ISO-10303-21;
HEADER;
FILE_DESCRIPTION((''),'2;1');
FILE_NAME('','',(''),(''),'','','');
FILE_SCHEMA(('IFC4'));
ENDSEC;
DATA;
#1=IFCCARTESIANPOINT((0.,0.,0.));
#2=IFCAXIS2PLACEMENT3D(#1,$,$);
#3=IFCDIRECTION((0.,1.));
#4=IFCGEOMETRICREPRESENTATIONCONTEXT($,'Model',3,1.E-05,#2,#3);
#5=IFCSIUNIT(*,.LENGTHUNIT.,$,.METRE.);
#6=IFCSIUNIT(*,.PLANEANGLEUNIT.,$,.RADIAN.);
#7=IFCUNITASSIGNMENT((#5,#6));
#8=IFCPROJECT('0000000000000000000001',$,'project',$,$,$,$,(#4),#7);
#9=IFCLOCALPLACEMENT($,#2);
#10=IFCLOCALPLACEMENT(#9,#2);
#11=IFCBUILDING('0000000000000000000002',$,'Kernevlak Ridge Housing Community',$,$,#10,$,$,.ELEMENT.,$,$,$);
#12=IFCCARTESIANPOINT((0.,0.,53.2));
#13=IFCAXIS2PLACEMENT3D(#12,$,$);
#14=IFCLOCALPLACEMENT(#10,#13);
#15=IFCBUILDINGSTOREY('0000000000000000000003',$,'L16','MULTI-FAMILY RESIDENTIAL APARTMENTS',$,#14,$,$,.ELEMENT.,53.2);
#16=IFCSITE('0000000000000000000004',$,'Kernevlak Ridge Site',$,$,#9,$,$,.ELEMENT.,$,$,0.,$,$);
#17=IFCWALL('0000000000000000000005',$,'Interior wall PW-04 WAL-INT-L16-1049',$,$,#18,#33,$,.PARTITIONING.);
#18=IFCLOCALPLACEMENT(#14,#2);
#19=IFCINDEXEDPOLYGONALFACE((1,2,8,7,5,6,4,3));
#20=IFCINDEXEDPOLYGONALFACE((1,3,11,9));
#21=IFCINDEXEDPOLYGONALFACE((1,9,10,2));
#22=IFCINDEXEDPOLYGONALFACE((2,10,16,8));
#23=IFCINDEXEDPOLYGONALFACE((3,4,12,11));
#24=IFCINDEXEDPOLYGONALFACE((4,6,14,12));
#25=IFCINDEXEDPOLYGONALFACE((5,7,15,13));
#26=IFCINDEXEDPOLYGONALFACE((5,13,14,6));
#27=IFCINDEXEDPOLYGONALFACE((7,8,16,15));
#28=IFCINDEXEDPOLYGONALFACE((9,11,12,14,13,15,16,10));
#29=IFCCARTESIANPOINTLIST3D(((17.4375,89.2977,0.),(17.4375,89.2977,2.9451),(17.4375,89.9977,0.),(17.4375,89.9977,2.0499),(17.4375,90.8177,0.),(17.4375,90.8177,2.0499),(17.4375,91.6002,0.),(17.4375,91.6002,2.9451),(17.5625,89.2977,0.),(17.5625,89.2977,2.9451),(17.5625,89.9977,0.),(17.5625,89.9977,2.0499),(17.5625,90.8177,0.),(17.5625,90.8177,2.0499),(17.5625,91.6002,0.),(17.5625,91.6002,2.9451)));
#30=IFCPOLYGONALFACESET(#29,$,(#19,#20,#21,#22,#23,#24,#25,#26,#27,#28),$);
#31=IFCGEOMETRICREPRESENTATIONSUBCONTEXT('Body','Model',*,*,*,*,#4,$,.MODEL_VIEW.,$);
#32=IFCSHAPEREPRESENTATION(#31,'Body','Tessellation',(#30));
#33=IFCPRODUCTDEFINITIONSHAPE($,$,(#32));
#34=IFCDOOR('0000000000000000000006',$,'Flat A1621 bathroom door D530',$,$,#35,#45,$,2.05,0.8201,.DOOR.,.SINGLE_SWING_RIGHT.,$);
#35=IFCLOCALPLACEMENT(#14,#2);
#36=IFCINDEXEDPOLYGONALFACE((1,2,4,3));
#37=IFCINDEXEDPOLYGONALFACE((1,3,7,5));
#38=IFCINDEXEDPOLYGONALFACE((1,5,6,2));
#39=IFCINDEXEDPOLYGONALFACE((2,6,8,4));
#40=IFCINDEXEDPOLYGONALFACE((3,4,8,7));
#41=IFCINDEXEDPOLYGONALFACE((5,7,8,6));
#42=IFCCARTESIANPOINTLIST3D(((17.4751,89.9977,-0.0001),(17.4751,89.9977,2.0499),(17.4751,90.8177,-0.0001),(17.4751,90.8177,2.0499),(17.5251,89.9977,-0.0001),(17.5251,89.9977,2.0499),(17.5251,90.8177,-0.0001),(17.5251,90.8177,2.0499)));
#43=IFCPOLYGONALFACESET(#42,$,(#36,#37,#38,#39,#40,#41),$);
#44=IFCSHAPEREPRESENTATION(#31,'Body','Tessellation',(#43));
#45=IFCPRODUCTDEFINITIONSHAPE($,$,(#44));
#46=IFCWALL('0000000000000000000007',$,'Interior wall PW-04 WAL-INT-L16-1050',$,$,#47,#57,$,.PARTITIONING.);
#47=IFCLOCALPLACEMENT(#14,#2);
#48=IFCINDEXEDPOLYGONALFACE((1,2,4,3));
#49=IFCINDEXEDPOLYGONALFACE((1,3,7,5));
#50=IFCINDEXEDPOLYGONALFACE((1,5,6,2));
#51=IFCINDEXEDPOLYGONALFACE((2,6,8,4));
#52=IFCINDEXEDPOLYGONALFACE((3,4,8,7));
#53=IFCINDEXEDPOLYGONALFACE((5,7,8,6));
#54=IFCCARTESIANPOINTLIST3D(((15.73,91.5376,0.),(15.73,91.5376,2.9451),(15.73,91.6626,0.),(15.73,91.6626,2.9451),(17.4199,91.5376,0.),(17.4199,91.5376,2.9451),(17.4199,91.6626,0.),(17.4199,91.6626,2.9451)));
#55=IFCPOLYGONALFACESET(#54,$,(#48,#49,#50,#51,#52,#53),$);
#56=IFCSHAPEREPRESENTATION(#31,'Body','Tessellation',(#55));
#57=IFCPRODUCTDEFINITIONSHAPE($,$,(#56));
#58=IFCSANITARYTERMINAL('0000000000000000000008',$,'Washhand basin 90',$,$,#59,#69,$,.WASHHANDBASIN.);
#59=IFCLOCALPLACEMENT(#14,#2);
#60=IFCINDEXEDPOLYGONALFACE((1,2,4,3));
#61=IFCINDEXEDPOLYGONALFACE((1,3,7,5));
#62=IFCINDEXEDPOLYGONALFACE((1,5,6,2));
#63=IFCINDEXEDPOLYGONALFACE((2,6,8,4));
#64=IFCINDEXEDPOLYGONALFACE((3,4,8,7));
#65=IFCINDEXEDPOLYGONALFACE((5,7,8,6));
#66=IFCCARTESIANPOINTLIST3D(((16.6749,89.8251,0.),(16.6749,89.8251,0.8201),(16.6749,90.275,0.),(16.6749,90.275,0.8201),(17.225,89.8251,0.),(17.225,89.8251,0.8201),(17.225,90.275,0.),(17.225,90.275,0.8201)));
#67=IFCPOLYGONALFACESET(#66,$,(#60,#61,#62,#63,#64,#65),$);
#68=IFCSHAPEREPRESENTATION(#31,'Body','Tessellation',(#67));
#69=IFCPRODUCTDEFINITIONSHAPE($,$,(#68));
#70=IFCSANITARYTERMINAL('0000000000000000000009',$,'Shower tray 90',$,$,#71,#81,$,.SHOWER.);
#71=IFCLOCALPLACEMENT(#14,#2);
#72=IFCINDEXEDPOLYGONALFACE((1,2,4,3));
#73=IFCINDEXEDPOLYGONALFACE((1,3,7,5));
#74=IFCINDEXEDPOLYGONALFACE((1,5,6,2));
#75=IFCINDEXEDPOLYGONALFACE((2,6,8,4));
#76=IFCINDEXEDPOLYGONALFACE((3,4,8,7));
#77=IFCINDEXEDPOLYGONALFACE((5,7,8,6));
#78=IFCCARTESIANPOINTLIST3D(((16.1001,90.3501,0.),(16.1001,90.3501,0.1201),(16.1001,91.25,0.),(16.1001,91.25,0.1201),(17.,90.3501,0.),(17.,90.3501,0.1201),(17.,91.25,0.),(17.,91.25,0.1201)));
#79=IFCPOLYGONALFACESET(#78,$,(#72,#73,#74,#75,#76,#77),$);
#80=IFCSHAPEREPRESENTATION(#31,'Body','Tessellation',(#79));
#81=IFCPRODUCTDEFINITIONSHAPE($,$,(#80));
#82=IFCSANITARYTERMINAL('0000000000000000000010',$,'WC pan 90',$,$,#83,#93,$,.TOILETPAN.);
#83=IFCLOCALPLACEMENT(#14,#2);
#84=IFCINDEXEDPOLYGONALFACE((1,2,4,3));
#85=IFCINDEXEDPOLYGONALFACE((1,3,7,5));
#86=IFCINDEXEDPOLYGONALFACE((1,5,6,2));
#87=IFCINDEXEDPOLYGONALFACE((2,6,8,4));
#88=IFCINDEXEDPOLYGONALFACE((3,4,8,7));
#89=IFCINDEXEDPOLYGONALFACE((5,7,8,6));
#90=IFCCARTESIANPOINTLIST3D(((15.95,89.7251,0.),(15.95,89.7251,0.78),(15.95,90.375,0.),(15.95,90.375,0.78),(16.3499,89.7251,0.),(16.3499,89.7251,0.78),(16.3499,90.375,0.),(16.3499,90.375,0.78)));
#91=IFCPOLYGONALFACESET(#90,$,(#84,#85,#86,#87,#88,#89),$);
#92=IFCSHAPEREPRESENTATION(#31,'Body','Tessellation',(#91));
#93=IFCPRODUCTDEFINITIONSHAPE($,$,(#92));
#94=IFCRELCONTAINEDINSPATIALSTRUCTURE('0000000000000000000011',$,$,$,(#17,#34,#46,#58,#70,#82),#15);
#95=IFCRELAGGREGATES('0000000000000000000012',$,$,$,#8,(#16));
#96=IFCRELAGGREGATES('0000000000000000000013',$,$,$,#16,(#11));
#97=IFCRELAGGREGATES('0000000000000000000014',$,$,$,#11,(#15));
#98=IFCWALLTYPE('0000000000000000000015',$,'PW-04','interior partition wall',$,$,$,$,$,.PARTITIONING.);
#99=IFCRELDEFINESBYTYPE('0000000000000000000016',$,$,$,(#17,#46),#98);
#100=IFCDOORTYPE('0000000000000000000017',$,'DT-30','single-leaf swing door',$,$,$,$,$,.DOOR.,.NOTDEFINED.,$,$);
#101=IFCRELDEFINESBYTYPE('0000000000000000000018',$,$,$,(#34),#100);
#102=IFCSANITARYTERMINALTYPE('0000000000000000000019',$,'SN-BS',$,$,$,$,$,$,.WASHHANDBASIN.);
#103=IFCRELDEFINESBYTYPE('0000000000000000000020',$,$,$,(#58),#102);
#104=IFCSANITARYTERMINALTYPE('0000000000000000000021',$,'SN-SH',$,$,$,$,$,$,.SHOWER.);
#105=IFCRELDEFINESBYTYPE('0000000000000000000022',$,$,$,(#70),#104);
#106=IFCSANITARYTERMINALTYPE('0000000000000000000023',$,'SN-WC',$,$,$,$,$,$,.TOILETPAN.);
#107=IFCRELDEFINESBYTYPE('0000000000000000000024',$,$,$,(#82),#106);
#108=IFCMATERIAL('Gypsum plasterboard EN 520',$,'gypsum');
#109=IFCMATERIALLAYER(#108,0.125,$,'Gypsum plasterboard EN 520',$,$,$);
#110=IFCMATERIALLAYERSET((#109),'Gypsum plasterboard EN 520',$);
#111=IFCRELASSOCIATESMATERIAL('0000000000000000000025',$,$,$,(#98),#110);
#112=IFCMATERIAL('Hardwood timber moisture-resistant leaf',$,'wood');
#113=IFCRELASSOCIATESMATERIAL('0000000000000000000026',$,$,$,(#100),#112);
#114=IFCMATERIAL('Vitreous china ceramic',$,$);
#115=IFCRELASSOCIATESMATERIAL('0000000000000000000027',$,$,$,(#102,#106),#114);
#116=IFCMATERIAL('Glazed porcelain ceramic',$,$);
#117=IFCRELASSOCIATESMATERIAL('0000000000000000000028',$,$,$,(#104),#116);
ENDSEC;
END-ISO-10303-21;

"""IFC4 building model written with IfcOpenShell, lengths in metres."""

from ifc_helpers import new_model, si_unit, direction, frame, frame_2d, origin, origin_2d, place, context, subcontext, project, spatial, rectangle, extrude, material, layer, layer_set, type_object, element, fill, save


model = new_model("IFC4")

# Units and contexts
model_context = context("Model", 3, precision=1e-05, world=origin(), true_north=direction((0.0, 1.0)))
body_context = subcontext(model_context, "Body", "Model", "MODEL_VIEW")
ifc_project = project(units=[si_unit("LENGTHUNIT", "METRE"), si_unit("PLANEANGLEUNIT", "RADIAN")], contexts=[model_context])

# Site, building, storey
site_placement = place(None, origin())
site = spatial("IfcSite", under=ifc_project, at=site_placement, Name="Kernevlak Ridge Site", CompositionType="ELEMENT", RefElevation=0.0)
building_placement = place(site_placement, origin())
building = spatial("IfcBuilding", under=site, at=building_placement, Name="Kernevlak Ridge Housing Community", CompositionType="ELEMENT")
storey_placement = place(building_placement, frame((0.0, 0.0, 53.2)))
storey = spatial("IfcBuildingStorey", under=building, at=storey_placement, Name="L16", Description="MULTI-FAMILY RESIDENTIAL APARTMENTS", CompositionType="ELEMENT", Elevation=53.2)

# Wall, opening, door
ifc_material_1 = material(Name="Gypsum plasterboard EN 520", Category="gypsum")
ifc_layer_1 = layer(ifc_material_1, 0.125, Name="Gypsum plasterboard EN 520")
ifc_layer_set_1 = layer_set([ifc_layer_1], Name="Gypsum plasterboard EN 520")
wall_type_1 = type_object("IfcWallType", Name="PW-04", Description="interior partition wall", PredefinedType="PARTITIONING", material=ifc_layer_set_1)
wall_1_placement = place(storey_placement, frame((17.5, 89.2976, 0.0), z_axis=(0.0, 0.0, 1.0), x_axis=(0.0, 1.0, 0.0)))
wall_1 = element("IfcWall", 1, at=wall_1_placement, inside=storey, type_object=wall_type_1, Name="Interior wall PW-04 WAL-INT-L16-1049", PredefinedType="PARTITIONING", context=body_context, shape_type="SweptSolid", body=[
    extrude(rectangle(XDim=2.3025, YDim=0.125, at=frame_2d((1.1514, 0.0))), origin(), (0.0, 0.0, 1.0), 2.9451),
])
opening_1_placement = place(wall_1_placement, frame((0.7, 0.0, 0.0)))
opening_1 = element("IfcOpeningElement", 2, at=opening_1_placement, cuts=wall_1, PredefinedType="OPENING", context=body_context, shape_type="SweptSolid", body=[
    extrude(rectangle(XDim=0.8201, YDim=2.05, at=frame_2d((0.4102, 1.0249))), frame((0.0, 0.0725, 0.0), z_axis=(0.0, -1.0, 0.0), x_axis=(1.0, 0.0, 0.0)), (0.0, 0.0, 1.0), 0.145),
])
ifc_material_2 = material(Name="Hardwood timber moisture-resistant leaf", Category="wood")
door_type_1 = type_object("IfcDoorType", Name="DT-30", Description="single-leaf swing door", OperationType="NOTDEFINED", PredefinedType="DOOR", material=ifc_material_2)
door_1_placement = place(opening_1_placement, origin())
door_1 = element("IfcDoor", 3, at=door_1_placement, inside=storey, type_object=door_type_1, Name="Flat A1621 bathroom door D530", OperationType="SINGLE_SWING_RIGHT", OverallHeight=2.05, OverallWidth=0.8201, PredefinedType="DOOR", context=body_context, shape_type="SweptSolid", body=[
    extrude(rectangle(XDim=0.8201, YDim=2.05, at=frame_2d((0.4102, 1.0249))), frame((0.0, 0.0249, 0.0), z_axis=(0.0, -1.0, 0.0), x_axis=(1.0, 0.0, 0.0)), (0.0, 0.0, 1.0), 0.05),
])
fill(opening_1, door_1)

# Wall
wall_2_placement = place(storey_placement, frame((15.73, 91.6001, 0.0), z_axis=(0.0, 0.0, 1.0), x_axis=(1.0, 0.0, 0.0)))
element("IfcWall", 4, at=wall_2_placement, inside=storey, type_object=wall_type_1, Name="Interior wall PW-04 WAL-INT-L16-1050", PredefinedType="PARTITIONING", context=body_context, shape_type="SweptSolid", body=[
    extrude(rectangle(XDim=1.6899, YDim=0.125, at=frame_2d((0.845, 0.0))), origin(), (0.0, 0.0, 1.0), 2.9451),
])

# Sanitary terminals
ifc_material_3 = material(Name="Vitreous china ceramic")
sanitary_terminal_type_1 = type_object("IfcSanitaryTerminalType", Name="SN-BS", PredefinedType="WASHHANDBASIN", material=ifc_material_3)
sanitary_terminal_1_placement = place(storey_placement, frame((16.95, 90.05, 0.0), z_axis=(0.0, 0.0, 1.0), x_axis=(1.0, 0.0, 0.0)))
element("IfcSanitaryTerminal", 5, at=sanitary_terminal_1_placement, inside=storey, type_object=sanitary_terminal_type_1, Name="Washhand basin 90", PredefinedType="WASHHANDBASIN", context=body_context, shape_type="SweptSolid", body=[
    extrude(rectangle(XDim=0.55, YDim=0.45, at=origin_2d()), origin(), (0.0, 0.0, 1.0), 0.8201),
])
ifc_material_4 = material(Name="Glazed porcelain ceramic")
sanitary_terminal_type_2 = type_object("IfcSanitaryTerminalType", Name="SN-SH", PredefinedType="SHOWER", material=ifc_material_4)
sanitary_terminal_2_placement = place(storey_placement, frame((16.55, 90.8, 0.0), z_axis=(0.0, 0.0, 1.0), x_axis=(1.0, 0.0, 0.0)))
element("IfcSanitaryTerminal", 6, at=sanitary_terminal_2_placement, inside=storey, type_object=sanitary_terminal_type_2, Name="Shower tray 90", PredefinedType="SHOWER", context=body_context, shape_type="SweptSolid", body=[
    extrude(rectangle(XDim=0.8999, YDim=0.8999, at=origin_2d()), origin(), (0.0, 0.0, 1.0), 0.1201),
])
sanitary_terminal_type_3 = type_object("IfcSanitaryTerminalType", Name="SN-WC", PredefinedType="TOILETPAN", material=ifc_material_3)
sanitary_terminal_3_placement = place(storey_placement, frame((16.1499, 90.05, 0.0), z_axis=(0.0, 0.0, 1.0), x_axis=(1.0, 0.0, 0.0)))
element("IfcSanitaryTerminal", 7, at=sanitary_terminal_3_placement, inside=storey, type_object=sanitary_terminal_type_3, Name="WC pan 90", PredefinedType="TOILETPAN", context=body_context, shape_type="SweptSolid", body=[
    extrude(rectangle(XDim=0.3999, YDim=0.6499, at=origin_2d()), origin(), (0.0, 0.0, 1.0), 0.78),
])

save(model, "model.ifc")
